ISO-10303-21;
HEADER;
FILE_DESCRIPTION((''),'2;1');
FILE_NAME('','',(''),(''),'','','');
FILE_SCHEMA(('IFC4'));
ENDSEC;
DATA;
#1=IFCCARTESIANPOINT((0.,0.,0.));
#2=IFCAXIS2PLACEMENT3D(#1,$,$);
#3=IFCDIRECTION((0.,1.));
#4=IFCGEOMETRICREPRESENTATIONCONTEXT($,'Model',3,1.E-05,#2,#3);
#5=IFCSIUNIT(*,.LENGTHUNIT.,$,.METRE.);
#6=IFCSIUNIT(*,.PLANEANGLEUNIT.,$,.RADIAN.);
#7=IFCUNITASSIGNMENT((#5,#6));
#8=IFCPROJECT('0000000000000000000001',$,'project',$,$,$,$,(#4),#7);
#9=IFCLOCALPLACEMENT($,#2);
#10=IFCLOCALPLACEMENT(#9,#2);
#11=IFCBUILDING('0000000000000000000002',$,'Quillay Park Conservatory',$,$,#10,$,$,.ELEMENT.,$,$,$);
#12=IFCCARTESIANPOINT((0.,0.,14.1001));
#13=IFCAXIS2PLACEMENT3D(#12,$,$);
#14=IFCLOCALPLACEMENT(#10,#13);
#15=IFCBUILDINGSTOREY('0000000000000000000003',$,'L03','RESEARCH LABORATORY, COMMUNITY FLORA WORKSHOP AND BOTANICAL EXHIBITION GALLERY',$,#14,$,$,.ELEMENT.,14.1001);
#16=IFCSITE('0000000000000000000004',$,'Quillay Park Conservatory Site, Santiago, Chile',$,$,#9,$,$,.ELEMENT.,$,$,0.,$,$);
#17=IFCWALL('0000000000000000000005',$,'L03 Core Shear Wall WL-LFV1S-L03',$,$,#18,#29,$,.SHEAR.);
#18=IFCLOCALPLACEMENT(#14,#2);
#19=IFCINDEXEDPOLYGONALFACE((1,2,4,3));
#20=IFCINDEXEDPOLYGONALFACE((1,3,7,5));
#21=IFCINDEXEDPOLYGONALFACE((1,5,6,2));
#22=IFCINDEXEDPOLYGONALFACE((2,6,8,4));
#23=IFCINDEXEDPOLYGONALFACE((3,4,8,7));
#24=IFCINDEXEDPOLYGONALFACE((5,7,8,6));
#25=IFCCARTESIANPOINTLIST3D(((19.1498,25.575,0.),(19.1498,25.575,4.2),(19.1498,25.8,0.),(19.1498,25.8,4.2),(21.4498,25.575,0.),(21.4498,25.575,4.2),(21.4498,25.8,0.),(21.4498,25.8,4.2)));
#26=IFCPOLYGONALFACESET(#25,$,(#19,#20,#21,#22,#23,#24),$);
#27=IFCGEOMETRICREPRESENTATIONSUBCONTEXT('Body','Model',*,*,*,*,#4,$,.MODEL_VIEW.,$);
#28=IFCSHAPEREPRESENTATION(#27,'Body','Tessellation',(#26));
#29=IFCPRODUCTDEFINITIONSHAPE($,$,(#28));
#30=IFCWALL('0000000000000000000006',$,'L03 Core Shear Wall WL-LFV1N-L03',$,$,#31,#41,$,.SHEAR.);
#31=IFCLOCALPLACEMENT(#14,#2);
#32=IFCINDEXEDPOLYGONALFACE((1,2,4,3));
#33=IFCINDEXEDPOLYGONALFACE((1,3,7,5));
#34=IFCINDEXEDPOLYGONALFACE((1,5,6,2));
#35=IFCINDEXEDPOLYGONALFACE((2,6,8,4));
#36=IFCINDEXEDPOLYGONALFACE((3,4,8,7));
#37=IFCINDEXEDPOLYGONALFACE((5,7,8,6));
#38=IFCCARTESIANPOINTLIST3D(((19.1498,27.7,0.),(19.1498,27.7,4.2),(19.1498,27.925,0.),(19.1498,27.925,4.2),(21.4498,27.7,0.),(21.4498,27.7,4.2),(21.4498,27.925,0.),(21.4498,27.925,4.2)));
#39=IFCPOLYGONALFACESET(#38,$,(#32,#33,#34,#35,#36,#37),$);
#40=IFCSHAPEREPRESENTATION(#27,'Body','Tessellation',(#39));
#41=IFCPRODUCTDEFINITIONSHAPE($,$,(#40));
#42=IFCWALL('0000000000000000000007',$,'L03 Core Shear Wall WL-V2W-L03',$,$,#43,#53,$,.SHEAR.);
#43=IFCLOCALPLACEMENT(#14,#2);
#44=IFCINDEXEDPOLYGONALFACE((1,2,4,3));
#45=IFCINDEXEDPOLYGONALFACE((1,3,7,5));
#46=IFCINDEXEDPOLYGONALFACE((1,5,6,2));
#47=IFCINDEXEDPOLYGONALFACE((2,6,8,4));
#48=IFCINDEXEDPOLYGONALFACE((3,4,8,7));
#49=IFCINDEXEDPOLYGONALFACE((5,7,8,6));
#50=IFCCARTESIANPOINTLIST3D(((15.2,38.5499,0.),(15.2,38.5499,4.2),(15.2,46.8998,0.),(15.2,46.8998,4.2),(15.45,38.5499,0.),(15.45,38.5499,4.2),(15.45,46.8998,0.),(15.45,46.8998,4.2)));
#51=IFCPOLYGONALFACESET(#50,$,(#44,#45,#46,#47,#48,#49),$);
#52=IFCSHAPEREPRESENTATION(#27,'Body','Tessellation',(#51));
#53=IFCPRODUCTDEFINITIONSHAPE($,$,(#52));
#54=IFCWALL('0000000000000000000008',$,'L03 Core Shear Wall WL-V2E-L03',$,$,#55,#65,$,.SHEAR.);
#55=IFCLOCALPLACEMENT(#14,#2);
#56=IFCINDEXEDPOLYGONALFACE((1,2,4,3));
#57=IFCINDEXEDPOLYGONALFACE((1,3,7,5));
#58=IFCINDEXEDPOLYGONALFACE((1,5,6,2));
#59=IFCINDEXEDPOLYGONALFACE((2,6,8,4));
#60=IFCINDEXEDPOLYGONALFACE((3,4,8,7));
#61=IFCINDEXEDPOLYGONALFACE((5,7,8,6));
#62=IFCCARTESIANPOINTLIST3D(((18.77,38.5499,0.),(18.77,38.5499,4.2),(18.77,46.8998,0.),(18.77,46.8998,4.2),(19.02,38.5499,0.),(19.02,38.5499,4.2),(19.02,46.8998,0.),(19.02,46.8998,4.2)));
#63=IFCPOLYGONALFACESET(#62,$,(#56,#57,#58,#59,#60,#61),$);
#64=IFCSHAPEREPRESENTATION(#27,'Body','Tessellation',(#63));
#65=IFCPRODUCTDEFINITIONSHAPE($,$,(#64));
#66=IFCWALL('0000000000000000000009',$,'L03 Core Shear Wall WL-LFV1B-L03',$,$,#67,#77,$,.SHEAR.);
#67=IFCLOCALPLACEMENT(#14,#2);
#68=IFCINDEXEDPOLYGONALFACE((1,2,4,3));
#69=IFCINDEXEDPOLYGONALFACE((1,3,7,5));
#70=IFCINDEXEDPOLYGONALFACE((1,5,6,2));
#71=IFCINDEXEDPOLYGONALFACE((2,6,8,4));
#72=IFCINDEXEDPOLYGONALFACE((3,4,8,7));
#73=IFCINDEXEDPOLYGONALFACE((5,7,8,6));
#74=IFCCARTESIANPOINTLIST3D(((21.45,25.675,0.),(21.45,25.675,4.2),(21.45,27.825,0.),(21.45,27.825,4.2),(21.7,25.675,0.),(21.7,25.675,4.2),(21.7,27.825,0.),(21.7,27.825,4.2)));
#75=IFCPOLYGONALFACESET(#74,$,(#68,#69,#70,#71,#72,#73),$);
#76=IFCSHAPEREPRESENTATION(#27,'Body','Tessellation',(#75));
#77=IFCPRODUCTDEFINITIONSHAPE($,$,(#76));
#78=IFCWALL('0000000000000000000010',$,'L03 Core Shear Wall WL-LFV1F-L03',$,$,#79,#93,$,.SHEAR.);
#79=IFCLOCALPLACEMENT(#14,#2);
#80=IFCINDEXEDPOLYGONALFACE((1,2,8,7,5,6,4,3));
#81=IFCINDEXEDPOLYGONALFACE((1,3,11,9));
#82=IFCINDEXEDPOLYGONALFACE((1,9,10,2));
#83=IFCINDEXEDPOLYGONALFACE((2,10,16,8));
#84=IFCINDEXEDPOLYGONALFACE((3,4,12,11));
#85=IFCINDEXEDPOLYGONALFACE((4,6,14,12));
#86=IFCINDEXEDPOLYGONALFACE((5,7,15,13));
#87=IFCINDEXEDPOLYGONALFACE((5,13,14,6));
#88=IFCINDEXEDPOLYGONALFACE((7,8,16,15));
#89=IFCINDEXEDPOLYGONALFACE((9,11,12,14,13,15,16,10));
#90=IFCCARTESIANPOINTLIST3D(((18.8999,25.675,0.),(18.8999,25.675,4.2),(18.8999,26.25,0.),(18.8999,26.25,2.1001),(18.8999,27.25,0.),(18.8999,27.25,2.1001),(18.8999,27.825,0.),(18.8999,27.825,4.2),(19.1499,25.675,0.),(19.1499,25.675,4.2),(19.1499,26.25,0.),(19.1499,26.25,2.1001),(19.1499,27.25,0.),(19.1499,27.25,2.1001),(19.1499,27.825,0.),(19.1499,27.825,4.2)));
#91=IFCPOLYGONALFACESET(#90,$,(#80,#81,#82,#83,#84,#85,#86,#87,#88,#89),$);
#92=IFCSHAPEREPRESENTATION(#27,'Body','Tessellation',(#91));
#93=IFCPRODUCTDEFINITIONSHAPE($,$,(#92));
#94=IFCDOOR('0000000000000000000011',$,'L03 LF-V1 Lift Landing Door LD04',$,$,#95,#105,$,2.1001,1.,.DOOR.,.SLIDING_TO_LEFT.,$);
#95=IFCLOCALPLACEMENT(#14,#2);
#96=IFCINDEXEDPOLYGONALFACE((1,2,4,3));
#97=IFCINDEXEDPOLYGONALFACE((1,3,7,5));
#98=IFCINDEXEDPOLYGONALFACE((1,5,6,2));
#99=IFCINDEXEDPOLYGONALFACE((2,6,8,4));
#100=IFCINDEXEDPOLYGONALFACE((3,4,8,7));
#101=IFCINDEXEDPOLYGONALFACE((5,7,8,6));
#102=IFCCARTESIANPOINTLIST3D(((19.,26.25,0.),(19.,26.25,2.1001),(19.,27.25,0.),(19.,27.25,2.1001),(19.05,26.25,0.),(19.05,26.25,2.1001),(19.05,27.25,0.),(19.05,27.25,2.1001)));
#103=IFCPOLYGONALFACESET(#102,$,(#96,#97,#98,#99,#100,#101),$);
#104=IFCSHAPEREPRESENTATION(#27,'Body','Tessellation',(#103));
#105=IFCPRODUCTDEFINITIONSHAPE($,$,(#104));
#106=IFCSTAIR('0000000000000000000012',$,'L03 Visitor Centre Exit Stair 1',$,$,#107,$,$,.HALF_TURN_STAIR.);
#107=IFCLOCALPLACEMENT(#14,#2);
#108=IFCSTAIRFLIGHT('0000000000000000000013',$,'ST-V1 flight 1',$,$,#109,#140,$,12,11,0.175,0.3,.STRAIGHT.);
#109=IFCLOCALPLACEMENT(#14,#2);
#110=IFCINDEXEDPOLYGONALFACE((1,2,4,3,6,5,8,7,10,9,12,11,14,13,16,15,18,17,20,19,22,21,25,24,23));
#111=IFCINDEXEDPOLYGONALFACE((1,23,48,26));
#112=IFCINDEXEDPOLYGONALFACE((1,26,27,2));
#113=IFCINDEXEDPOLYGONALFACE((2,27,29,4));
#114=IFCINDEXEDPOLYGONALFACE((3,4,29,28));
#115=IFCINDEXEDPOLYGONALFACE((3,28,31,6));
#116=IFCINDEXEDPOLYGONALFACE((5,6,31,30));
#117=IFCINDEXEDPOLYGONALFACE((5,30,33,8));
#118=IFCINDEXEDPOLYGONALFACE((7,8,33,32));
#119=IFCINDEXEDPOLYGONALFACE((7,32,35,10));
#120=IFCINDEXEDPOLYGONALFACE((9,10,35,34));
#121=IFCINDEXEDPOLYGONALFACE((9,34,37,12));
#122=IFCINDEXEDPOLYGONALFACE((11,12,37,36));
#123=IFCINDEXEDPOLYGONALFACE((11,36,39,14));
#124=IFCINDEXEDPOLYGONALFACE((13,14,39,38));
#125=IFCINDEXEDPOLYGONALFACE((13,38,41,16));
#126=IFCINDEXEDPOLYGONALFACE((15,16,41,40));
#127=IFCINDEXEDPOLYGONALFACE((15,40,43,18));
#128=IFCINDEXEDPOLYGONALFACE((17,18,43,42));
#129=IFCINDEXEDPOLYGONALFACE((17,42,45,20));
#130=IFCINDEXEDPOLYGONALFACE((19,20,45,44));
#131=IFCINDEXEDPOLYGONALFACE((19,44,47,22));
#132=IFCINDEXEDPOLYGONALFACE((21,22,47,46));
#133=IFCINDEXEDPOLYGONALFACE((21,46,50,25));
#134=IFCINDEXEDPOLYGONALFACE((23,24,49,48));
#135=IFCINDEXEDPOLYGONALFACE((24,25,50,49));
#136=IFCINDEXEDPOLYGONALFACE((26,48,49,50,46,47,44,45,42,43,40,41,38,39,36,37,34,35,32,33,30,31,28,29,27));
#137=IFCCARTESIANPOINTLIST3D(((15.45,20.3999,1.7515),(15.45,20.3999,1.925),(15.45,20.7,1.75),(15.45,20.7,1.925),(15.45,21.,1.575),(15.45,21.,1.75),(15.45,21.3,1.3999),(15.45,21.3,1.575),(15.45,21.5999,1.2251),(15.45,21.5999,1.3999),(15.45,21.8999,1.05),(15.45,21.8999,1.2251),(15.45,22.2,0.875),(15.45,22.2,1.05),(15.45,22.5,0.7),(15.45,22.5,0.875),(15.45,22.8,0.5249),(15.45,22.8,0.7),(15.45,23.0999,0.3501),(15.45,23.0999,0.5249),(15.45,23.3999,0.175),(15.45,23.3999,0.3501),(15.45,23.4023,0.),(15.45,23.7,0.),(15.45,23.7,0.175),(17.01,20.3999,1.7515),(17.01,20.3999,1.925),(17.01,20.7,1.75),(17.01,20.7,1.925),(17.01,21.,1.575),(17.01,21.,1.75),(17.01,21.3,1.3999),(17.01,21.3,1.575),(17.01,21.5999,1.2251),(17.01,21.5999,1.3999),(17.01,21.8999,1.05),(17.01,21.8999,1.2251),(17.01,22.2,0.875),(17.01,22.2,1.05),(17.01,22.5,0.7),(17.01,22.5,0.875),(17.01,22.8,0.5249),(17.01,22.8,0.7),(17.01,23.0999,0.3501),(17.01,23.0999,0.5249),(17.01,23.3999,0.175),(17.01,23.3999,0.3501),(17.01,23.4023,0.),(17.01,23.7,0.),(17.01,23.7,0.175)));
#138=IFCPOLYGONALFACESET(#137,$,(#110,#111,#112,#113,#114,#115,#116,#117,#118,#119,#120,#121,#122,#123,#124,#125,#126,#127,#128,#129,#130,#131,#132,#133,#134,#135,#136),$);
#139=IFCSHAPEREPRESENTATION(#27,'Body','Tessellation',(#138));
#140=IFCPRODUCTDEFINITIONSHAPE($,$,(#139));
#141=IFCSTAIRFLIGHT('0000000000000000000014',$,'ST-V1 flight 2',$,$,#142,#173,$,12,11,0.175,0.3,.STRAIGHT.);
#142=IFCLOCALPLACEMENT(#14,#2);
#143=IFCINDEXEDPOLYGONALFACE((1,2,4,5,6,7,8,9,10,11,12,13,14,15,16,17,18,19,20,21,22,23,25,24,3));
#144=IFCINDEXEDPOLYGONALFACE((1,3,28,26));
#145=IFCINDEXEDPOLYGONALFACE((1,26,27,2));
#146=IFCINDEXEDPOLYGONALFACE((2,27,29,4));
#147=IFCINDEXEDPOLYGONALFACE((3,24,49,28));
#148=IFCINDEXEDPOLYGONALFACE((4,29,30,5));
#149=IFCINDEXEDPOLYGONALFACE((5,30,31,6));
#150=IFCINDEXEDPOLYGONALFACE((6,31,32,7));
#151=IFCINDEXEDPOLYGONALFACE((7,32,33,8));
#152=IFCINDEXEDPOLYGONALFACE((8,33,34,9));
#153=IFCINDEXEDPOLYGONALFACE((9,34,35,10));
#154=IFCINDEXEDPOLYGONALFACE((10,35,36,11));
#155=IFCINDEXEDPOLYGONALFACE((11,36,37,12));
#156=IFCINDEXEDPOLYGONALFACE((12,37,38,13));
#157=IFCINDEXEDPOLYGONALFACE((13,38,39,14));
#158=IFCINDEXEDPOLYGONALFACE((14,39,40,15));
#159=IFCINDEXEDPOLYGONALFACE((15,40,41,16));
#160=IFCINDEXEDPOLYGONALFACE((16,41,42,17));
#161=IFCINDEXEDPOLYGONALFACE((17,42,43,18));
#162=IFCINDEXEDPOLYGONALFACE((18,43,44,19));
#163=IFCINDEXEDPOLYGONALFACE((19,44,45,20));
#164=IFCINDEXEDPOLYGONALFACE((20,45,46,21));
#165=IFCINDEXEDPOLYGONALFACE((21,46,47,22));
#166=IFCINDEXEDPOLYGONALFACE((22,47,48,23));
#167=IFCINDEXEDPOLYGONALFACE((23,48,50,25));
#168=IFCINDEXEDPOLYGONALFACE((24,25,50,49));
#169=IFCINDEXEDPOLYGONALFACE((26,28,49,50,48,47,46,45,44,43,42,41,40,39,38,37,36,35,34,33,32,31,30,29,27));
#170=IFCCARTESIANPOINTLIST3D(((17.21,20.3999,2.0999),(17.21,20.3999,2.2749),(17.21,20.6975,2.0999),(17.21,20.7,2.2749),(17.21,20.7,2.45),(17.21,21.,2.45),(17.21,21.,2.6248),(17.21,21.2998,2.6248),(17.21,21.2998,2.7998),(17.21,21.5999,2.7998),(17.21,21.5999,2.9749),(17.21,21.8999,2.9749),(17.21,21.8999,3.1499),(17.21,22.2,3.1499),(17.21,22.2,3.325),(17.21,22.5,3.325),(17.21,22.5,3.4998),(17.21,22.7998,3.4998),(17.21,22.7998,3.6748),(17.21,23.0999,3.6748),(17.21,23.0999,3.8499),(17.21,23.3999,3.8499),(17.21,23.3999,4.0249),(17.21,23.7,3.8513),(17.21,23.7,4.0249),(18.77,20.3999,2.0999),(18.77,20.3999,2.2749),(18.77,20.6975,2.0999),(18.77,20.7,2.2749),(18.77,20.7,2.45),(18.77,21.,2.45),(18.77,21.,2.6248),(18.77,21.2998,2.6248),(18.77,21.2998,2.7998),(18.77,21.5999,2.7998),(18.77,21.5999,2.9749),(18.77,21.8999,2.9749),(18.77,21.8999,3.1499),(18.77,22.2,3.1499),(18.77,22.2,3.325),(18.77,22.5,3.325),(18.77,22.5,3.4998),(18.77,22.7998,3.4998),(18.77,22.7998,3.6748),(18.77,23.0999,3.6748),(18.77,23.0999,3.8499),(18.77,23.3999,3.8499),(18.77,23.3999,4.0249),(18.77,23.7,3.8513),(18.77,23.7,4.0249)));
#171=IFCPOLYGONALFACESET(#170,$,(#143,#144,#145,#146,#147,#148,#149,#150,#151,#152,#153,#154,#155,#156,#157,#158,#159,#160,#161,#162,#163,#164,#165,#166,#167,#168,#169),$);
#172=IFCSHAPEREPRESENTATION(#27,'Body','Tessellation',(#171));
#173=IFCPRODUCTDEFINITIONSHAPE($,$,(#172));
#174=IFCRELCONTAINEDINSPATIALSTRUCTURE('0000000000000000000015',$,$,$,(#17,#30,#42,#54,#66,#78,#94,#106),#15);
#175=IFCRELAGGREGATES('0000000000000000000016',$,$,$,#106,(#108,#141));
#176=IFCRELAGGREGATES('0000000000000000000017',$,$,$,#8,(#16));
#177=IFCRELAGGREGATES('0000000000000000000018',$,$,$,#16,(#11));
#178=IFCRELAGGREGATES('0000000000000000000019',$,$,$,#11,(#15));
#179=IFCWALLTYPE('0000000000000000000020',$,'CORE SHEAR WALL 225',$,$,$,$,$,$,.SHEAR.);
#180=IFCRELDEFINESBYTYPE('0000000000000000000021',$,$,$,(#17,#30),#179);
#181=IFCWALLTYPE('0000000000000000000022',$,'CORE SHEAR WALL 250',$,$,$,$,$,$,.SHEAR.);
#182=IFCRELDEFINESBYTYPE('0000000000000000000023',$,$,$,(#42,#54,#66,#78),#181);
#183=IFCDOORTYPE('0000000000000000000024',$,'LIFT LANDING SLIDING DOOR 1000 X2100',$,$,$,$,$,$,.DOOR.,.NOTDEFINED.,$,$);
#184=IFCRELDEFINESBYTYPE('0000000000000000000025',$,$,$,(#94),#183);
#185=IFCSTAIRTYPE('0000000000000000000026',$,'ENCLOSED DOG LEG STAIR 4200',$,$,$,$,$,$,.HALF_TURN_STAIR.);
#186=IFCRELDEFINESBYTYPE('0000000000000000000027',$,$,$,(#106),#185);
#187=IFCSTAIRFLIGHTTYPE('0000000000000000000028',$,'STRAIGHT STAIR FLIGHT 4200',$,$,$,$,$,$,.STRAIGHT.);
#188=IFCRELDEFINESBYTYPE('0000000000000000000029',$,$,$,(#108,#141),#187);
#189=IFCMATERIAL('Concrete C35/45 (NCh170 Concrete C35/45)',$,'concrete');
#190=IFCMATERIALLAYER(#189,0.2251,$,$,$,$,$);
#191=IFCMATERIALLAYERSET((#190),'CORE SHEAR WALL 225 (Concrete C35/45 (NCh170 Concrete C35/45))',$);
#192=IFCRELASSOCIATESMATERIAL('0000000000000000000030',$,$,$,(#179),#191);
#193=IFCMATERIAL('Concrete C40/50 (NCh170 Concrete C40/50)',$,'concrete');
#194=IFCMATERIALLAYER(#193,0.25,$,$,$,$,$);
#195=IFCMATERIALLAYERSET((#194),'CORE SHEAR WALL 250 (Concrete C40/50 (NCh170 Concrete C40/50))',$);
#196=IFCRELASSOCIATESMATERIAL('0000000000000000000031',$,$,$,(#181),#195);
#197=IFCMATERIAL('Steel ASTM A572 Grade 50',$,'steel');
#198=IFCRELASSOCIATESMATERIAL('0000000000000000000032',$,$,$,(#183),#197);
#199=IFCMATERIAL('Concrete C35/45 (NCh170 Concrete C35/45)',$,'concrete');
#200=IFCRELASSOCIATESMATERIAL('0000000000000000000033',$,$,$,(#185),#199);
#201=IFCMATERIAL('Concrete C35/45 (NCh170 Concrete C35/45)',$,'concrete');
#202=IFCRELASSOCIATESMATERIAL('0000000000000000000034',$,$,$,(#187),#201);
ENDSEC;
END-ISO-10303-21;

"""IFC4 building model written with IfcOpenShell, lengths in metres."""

from ifc_helpers import new_model, si_unit, direction, frame, frame_2d, origin, place, context, subcontext, project, spatial, polyline, rectangle, outline, extrude, material, layer, layer_set, type_object, element, fill, aggregate, save


model = new_model("IFC4")

# Units and contexts
model_context = context("Model", 3, precision=1e-05, world=origin(), true_north=direction((0.0, 1.0)))
body_context = subcontext(model_context, "Body", "Model", "MODEL_VIEW")
ifc_project = project(units=[si_unit("LENGTHUNIT", "METRE"), si_unit("PLANEANGLEUNIT", "RADIAN")], contexts=[model_context])

# Site, building, storey
site_placement = place(None, origin())
site = spatial("IfcSite", under=ifc_project, at=site_placement, Name="Quillay Park Conservatory Site, Santiago, Chile", CompositionType="ELEMENT", RefElevation=0.0)
building_placement = place(site_placement, origin())
building = spatial("IfcBuilding", under=site, at=building_placement, Name="Quillay Park Conservatory", CompositionType="ELEMENT")
storey_placement = place(building_placement, frame((0.0, 0.0, 14.1001)))
storey = spatial("IfcBuildingStorey", under=building, at=storey_placement, Name="L03", Description="RESEARCH LABORATORY, COMMUNITY FLORA WORKSHOP AND BOTANICAL EXHIBITION GALLERY", CompositionType="ELEMENT", Elevation=14.1001)

# Walls
ifc_material_1 = material(Name="Concrete C35/45 (NCh170 Concrete C35/45)", Category="concrete")
ifc_layer_1 = layer(ifc_material_1, 0.2251)
ifc_layer_set_1 = layer_set([ifc_layer_1], Name="CORE SHEAR WALL 225 (Concrete C35/45 (NCh170 Concrete C35/45))")
wall_type_1 = type_object("IfcWallType", Name="CORE SHEAR WALL 225", PredefinedType="SHEAR", material=ifc_layer_set_1)
for number, where, z_axis, x_axis, name in (
    (1, (19.1499, 25.6875, 0.0), (0.0, 0.0, 1.0), (1.0, 0.0, 0.0), "L03 Core Shear Wall WL-LFV1S-L03"),
    (2, (19.1499, 27.8125, 0.0), (0.0, 0.0, 1.0), (1.0, 0.0, 0.0), "L03 Core Shear Wall WL-LFV1N-L03"),
):
    element("IfcWall", number, at=place(storey_placement, frame(where, z_axis=z_axis, x_axis=x_axis)), inside=storey, type_object=wall_type_1, Name=name, PredefinedType="SHEAR", context=body_context, shape_type="SweptSolid", body=[
        extrude(rectangle(XDim=2.3, YDim=0.2251, at=frame_2d((1.1499, 0.0))), origin(), (0.0, 0.0, 1.0), 4.2),
    ])

# Shared definitions
ifc_material_2 = material(Name="Concrete C40/50 (NCh170 Concrete C40/50)", Category="concrete")
ifc_layer_2 = layer(ifc_material_2, 0.25)
ifc_layer_set_2 = layer_set([ifc_layer_2], Name="CORE SHEAR WALL 250 (Concrete C40/50 (NCh170 Concrete C40/50))")
wall_type_2 = type_object("IfcWallType", Name="CORE SHEAR WALL 250", PredefinedType="SHEAR", material=ifc_layer_set_2)

# Walls
for number, where, z_axis, x_axis, name in (
    (3, (15.325, 38.55, 0.0), (0.0, 0.0, 1.0), (0.0, 1.0, 0.0), "L03 Core Shear Wall WL-V2W-L03"),
    (4, (18.895, 38.55, 0.0), (0.0, 0.0, 1.0), (0.0, 1.0, 0.0), "L03 Core Shear Wall WL-V2E-L03"),
):
    element("IfcWall", number, at=place(storey_placement, frame(where, z_axis=z_axis, x_axis=x_axis)), inside=storey, type_object=wall_type_2, Name=name, PredefinedType="SHEAR", context=body_context, shape_type="SweptSolid", body=[
        extrude(rectangle(XDim=8.3499, YDim=0.25, at=frame_2d((4.1748, 0.0))), origin(), (0.0, 0.0, 1.0), 4.2),
    ])

# Wall
wall_1_placement = place(storey_placement, frame((21.575, 25.675, 0.0), z_axis=(0.0, 0.0, 1.0), x_axis=(0.0, 1.0, 0.0)))
element("IfcWall", 5, at=wall_1_placement, inside=storey, type_object=wall_type_2, Name="L03 Core Shear Wall WL-LFV1B-L03", PredefinedType="SHEAR", context=body_context, shape_type="SweptSolid", body=[
    extrude(rectangle(XDim=2.1499, YDim=0.25, at=frame_2d((1.075, 0.0))), origin(), (0.0, 0.0, 1.0), 4.2),
])

# Wall, opening, door
wall_2_placement = place(storey_placement, frame((19.0249, 25.675, 0.0), z_axis=(0.0, 0.0, 1.0), x_axis=(0.0, 1.0, 0.0)))
wall_2 = element("IfcWall", 6, at=wall_2_placement, inside=storey, type_object=wall_type_2, Name="L03 Core Shear Wall WL-LFV1F-L03", PredefinedType="SHEAR", context=body_context, shape_type="SweptSolid", body=[
    extrude(rectangle(XDim=2.1499, YDim=0.25, at=frame_2d((1.075, 0.0))), origin(), (0.0, 0.0, 1.0), 4.2),
])
opening_1_placement = place(wall_2_placement, frame((0.575, 0.0, 0.0)))
opening_1 = element("IfcOpeningElement", 7, at=opening_1_placement, cuts=wall_2, PredefinedType="OPENING", context=body_context, shape_type="SweptSolid", body=[
    extrude(rectangle(XDim=1.0, YDim=2.1001, at=frame_2d((0.5, 1.05))), frame((0.0, 0.125, 0.0), z_axis=(0.0, -1.0, 0.0), x_axis=(1.0, 0.0, 0.0)), (0.0, 0.0, 1.0), 0.25),
])
ifc_material_3 = material(Name="Steel ASTM A572 Grade 50", Category="steel")
door_type_1 = type_object("IfcDoorType", Name="LIFT LANDING SLIDING DOOR 1000 X2100", OperationType="NOTDEFINED", PredefinedType="DOOR", material=ifc_material_3)
door_1_placement = place(opening_1_placement, origin())
door_1 = element("IfcDoor", 8, at=door_1_placement, inside=storey, type_object=door_type_1, Name="L03 LF-V1 Lift Landing Door LD04", OperationType="SLIDING_TO_LEFT", OverallHeight=2.1001, OverallWidth=1.0, PredefinedType="DOOR", context=body_context, shape_type="SweptSolid", body=[
    extrude(rectangle(XDim=1.0, YDim=2.1001, at=frame_2d((0.5, 1.05))), frame((0.0, 0.0249, 0.0), z_axis=(0.0, -1.0, 0.0), x_axis=(1.0, 0.0, 0.0)), (0.0, 0.0, 1.0), 0.05),
])
fill(opening_1, door_1)

# Stair, stair flights
ifc_material_4 = material(Name="Concrete C35/45 (NCh170 Concrete C35/45)", Category="concrete")
stair_type = type_object("IfcStairType", Name="ENCLOSED DOG LEG STAIR 4200", PredefinedType="HALF_TURN_STAIR", material=ifc_material_4)
stair_placement = place(storey_placement, origin())
stair = element("IfcStair", 9, at=stair_placement, inside=storey, type_object=stair_type, Name="L03 Visitor Centre Exit Stair 1", PredefinedType="HALF_TURN_STAIR")
ifc_material_5 = material(Name="Concrete C35/45 (NCh170 Concrete C35/45)", Category="concrete")
stair_flight_type = type_object("IfcStairFlightType", Name="STRAIGHT STAIR FLIGHT 4200", PredefinedType="STRAIGHT", material=ifc_material_5)
stair_flight_1_placement = place(storey_placement, frame((16.23, 23.7, 0.0), z_axis=(0.0, 0.0, 1.0), x_axis=(0.0, -1.0, 0.0)))
stair_flight_1 = element("IfcStairFlight", 10, at=stair_flight_1_placement, type_object=stair_flight_type, Name="ST-V1 flight 1", NumberOfRisers=12, NumberOfTreads=11, PredefinedType="STRAIGHT", RiserHeight=0.175, TreadLength=0.3, context=body_context, shape_type="SweptSolid", body=[
    extrude(outline(polyline([(0.0, 0.0), (0.0, 0.175), (0.3, 0.175), (0.3, 0.3501), (0.6001, 0.3501), (0.6001, 0.5249), (0.8999, 0.5249), (0.8999, 0.7), (1.2, 0.7), (1.2, 0.875), (1.5, 0.875), (1.5, 1.05), (1.8, 1.05), (1.8, 1.2251), (2.1001, 1.2251), (2.1001, 1.3999), (2.3999, 1.3999), (2.3999, 1.575), (2.7, 1.575), (2.7, 1.75), (3.0, 1.75), (3.0, 1.925), (3.3, 1.925), (3.3, 2.1001), (3.3, 1.7515), (0.2976, 0.0), (0.0, 0.0)])), frame((0.0, 0.78, 0.0), z_axis=(0.0, -1.0, 0.0), x_axis=(1.0, 0.0, 0.0)), (0.0, 0.0, 1.0), 1.5601),
])
stair_flight_2_placement = place(storey_placement, frame((17.99, 20.3999, 2.0999), z_axis=(0.0, 0.0, 1.0), x_axis=(0.0, 1.0, 0.0)))
stair_flight_2 = element("IfcStairFlight", 11, at=stair_flight_2_placement, type_object=stair_flight_type, Name="ST-V1 flight 2", NumberOfRisers=12, NumberOfTreads=11, PredefinedType="STRAIGHT", RiserHeight=0.175, TreadLength=0.3, context=body_context, shape_type="SweptSolid", body=[
    extrude(outline(polyline([(0.0, 0.0), (0.0, 0.175), (0.3, 0.175), (0.3, 0.3501), (0.6001, 0.3501), (0.6001, 0.5249), (0.8999, 0.5249), (0.8999, 0.7), (1.2, 0.7), (1.2, 0.875), (1.5, 0.875), (1.5, 1.05), (1.8, 1.05), (1.8, 1.2251), (2.1001, 1.2251), (2.1001, 1.3999), (2.3999, 1.3999), (2.3999, 1.575), (2.7, 1.575), (2.7, 1.75), (3.0, 1.75), (3.0, 1.925), (3.3, 1.925), (3.3, 2.1001), (3.3, 1.7515), (0.2976, 0.0), (0.0, 0.0)])), frame((0.0, 0.78, 0.0), z_axis=(0.0, -1.0, 0.0), x_axis=(1.0, 0.0, 0.0)), (0.0, 0.0, 1.0), 1.5601),
])
aggregate(stair, [stair_flight_1, stair_flight_2])

save(model, "model.ifc")
